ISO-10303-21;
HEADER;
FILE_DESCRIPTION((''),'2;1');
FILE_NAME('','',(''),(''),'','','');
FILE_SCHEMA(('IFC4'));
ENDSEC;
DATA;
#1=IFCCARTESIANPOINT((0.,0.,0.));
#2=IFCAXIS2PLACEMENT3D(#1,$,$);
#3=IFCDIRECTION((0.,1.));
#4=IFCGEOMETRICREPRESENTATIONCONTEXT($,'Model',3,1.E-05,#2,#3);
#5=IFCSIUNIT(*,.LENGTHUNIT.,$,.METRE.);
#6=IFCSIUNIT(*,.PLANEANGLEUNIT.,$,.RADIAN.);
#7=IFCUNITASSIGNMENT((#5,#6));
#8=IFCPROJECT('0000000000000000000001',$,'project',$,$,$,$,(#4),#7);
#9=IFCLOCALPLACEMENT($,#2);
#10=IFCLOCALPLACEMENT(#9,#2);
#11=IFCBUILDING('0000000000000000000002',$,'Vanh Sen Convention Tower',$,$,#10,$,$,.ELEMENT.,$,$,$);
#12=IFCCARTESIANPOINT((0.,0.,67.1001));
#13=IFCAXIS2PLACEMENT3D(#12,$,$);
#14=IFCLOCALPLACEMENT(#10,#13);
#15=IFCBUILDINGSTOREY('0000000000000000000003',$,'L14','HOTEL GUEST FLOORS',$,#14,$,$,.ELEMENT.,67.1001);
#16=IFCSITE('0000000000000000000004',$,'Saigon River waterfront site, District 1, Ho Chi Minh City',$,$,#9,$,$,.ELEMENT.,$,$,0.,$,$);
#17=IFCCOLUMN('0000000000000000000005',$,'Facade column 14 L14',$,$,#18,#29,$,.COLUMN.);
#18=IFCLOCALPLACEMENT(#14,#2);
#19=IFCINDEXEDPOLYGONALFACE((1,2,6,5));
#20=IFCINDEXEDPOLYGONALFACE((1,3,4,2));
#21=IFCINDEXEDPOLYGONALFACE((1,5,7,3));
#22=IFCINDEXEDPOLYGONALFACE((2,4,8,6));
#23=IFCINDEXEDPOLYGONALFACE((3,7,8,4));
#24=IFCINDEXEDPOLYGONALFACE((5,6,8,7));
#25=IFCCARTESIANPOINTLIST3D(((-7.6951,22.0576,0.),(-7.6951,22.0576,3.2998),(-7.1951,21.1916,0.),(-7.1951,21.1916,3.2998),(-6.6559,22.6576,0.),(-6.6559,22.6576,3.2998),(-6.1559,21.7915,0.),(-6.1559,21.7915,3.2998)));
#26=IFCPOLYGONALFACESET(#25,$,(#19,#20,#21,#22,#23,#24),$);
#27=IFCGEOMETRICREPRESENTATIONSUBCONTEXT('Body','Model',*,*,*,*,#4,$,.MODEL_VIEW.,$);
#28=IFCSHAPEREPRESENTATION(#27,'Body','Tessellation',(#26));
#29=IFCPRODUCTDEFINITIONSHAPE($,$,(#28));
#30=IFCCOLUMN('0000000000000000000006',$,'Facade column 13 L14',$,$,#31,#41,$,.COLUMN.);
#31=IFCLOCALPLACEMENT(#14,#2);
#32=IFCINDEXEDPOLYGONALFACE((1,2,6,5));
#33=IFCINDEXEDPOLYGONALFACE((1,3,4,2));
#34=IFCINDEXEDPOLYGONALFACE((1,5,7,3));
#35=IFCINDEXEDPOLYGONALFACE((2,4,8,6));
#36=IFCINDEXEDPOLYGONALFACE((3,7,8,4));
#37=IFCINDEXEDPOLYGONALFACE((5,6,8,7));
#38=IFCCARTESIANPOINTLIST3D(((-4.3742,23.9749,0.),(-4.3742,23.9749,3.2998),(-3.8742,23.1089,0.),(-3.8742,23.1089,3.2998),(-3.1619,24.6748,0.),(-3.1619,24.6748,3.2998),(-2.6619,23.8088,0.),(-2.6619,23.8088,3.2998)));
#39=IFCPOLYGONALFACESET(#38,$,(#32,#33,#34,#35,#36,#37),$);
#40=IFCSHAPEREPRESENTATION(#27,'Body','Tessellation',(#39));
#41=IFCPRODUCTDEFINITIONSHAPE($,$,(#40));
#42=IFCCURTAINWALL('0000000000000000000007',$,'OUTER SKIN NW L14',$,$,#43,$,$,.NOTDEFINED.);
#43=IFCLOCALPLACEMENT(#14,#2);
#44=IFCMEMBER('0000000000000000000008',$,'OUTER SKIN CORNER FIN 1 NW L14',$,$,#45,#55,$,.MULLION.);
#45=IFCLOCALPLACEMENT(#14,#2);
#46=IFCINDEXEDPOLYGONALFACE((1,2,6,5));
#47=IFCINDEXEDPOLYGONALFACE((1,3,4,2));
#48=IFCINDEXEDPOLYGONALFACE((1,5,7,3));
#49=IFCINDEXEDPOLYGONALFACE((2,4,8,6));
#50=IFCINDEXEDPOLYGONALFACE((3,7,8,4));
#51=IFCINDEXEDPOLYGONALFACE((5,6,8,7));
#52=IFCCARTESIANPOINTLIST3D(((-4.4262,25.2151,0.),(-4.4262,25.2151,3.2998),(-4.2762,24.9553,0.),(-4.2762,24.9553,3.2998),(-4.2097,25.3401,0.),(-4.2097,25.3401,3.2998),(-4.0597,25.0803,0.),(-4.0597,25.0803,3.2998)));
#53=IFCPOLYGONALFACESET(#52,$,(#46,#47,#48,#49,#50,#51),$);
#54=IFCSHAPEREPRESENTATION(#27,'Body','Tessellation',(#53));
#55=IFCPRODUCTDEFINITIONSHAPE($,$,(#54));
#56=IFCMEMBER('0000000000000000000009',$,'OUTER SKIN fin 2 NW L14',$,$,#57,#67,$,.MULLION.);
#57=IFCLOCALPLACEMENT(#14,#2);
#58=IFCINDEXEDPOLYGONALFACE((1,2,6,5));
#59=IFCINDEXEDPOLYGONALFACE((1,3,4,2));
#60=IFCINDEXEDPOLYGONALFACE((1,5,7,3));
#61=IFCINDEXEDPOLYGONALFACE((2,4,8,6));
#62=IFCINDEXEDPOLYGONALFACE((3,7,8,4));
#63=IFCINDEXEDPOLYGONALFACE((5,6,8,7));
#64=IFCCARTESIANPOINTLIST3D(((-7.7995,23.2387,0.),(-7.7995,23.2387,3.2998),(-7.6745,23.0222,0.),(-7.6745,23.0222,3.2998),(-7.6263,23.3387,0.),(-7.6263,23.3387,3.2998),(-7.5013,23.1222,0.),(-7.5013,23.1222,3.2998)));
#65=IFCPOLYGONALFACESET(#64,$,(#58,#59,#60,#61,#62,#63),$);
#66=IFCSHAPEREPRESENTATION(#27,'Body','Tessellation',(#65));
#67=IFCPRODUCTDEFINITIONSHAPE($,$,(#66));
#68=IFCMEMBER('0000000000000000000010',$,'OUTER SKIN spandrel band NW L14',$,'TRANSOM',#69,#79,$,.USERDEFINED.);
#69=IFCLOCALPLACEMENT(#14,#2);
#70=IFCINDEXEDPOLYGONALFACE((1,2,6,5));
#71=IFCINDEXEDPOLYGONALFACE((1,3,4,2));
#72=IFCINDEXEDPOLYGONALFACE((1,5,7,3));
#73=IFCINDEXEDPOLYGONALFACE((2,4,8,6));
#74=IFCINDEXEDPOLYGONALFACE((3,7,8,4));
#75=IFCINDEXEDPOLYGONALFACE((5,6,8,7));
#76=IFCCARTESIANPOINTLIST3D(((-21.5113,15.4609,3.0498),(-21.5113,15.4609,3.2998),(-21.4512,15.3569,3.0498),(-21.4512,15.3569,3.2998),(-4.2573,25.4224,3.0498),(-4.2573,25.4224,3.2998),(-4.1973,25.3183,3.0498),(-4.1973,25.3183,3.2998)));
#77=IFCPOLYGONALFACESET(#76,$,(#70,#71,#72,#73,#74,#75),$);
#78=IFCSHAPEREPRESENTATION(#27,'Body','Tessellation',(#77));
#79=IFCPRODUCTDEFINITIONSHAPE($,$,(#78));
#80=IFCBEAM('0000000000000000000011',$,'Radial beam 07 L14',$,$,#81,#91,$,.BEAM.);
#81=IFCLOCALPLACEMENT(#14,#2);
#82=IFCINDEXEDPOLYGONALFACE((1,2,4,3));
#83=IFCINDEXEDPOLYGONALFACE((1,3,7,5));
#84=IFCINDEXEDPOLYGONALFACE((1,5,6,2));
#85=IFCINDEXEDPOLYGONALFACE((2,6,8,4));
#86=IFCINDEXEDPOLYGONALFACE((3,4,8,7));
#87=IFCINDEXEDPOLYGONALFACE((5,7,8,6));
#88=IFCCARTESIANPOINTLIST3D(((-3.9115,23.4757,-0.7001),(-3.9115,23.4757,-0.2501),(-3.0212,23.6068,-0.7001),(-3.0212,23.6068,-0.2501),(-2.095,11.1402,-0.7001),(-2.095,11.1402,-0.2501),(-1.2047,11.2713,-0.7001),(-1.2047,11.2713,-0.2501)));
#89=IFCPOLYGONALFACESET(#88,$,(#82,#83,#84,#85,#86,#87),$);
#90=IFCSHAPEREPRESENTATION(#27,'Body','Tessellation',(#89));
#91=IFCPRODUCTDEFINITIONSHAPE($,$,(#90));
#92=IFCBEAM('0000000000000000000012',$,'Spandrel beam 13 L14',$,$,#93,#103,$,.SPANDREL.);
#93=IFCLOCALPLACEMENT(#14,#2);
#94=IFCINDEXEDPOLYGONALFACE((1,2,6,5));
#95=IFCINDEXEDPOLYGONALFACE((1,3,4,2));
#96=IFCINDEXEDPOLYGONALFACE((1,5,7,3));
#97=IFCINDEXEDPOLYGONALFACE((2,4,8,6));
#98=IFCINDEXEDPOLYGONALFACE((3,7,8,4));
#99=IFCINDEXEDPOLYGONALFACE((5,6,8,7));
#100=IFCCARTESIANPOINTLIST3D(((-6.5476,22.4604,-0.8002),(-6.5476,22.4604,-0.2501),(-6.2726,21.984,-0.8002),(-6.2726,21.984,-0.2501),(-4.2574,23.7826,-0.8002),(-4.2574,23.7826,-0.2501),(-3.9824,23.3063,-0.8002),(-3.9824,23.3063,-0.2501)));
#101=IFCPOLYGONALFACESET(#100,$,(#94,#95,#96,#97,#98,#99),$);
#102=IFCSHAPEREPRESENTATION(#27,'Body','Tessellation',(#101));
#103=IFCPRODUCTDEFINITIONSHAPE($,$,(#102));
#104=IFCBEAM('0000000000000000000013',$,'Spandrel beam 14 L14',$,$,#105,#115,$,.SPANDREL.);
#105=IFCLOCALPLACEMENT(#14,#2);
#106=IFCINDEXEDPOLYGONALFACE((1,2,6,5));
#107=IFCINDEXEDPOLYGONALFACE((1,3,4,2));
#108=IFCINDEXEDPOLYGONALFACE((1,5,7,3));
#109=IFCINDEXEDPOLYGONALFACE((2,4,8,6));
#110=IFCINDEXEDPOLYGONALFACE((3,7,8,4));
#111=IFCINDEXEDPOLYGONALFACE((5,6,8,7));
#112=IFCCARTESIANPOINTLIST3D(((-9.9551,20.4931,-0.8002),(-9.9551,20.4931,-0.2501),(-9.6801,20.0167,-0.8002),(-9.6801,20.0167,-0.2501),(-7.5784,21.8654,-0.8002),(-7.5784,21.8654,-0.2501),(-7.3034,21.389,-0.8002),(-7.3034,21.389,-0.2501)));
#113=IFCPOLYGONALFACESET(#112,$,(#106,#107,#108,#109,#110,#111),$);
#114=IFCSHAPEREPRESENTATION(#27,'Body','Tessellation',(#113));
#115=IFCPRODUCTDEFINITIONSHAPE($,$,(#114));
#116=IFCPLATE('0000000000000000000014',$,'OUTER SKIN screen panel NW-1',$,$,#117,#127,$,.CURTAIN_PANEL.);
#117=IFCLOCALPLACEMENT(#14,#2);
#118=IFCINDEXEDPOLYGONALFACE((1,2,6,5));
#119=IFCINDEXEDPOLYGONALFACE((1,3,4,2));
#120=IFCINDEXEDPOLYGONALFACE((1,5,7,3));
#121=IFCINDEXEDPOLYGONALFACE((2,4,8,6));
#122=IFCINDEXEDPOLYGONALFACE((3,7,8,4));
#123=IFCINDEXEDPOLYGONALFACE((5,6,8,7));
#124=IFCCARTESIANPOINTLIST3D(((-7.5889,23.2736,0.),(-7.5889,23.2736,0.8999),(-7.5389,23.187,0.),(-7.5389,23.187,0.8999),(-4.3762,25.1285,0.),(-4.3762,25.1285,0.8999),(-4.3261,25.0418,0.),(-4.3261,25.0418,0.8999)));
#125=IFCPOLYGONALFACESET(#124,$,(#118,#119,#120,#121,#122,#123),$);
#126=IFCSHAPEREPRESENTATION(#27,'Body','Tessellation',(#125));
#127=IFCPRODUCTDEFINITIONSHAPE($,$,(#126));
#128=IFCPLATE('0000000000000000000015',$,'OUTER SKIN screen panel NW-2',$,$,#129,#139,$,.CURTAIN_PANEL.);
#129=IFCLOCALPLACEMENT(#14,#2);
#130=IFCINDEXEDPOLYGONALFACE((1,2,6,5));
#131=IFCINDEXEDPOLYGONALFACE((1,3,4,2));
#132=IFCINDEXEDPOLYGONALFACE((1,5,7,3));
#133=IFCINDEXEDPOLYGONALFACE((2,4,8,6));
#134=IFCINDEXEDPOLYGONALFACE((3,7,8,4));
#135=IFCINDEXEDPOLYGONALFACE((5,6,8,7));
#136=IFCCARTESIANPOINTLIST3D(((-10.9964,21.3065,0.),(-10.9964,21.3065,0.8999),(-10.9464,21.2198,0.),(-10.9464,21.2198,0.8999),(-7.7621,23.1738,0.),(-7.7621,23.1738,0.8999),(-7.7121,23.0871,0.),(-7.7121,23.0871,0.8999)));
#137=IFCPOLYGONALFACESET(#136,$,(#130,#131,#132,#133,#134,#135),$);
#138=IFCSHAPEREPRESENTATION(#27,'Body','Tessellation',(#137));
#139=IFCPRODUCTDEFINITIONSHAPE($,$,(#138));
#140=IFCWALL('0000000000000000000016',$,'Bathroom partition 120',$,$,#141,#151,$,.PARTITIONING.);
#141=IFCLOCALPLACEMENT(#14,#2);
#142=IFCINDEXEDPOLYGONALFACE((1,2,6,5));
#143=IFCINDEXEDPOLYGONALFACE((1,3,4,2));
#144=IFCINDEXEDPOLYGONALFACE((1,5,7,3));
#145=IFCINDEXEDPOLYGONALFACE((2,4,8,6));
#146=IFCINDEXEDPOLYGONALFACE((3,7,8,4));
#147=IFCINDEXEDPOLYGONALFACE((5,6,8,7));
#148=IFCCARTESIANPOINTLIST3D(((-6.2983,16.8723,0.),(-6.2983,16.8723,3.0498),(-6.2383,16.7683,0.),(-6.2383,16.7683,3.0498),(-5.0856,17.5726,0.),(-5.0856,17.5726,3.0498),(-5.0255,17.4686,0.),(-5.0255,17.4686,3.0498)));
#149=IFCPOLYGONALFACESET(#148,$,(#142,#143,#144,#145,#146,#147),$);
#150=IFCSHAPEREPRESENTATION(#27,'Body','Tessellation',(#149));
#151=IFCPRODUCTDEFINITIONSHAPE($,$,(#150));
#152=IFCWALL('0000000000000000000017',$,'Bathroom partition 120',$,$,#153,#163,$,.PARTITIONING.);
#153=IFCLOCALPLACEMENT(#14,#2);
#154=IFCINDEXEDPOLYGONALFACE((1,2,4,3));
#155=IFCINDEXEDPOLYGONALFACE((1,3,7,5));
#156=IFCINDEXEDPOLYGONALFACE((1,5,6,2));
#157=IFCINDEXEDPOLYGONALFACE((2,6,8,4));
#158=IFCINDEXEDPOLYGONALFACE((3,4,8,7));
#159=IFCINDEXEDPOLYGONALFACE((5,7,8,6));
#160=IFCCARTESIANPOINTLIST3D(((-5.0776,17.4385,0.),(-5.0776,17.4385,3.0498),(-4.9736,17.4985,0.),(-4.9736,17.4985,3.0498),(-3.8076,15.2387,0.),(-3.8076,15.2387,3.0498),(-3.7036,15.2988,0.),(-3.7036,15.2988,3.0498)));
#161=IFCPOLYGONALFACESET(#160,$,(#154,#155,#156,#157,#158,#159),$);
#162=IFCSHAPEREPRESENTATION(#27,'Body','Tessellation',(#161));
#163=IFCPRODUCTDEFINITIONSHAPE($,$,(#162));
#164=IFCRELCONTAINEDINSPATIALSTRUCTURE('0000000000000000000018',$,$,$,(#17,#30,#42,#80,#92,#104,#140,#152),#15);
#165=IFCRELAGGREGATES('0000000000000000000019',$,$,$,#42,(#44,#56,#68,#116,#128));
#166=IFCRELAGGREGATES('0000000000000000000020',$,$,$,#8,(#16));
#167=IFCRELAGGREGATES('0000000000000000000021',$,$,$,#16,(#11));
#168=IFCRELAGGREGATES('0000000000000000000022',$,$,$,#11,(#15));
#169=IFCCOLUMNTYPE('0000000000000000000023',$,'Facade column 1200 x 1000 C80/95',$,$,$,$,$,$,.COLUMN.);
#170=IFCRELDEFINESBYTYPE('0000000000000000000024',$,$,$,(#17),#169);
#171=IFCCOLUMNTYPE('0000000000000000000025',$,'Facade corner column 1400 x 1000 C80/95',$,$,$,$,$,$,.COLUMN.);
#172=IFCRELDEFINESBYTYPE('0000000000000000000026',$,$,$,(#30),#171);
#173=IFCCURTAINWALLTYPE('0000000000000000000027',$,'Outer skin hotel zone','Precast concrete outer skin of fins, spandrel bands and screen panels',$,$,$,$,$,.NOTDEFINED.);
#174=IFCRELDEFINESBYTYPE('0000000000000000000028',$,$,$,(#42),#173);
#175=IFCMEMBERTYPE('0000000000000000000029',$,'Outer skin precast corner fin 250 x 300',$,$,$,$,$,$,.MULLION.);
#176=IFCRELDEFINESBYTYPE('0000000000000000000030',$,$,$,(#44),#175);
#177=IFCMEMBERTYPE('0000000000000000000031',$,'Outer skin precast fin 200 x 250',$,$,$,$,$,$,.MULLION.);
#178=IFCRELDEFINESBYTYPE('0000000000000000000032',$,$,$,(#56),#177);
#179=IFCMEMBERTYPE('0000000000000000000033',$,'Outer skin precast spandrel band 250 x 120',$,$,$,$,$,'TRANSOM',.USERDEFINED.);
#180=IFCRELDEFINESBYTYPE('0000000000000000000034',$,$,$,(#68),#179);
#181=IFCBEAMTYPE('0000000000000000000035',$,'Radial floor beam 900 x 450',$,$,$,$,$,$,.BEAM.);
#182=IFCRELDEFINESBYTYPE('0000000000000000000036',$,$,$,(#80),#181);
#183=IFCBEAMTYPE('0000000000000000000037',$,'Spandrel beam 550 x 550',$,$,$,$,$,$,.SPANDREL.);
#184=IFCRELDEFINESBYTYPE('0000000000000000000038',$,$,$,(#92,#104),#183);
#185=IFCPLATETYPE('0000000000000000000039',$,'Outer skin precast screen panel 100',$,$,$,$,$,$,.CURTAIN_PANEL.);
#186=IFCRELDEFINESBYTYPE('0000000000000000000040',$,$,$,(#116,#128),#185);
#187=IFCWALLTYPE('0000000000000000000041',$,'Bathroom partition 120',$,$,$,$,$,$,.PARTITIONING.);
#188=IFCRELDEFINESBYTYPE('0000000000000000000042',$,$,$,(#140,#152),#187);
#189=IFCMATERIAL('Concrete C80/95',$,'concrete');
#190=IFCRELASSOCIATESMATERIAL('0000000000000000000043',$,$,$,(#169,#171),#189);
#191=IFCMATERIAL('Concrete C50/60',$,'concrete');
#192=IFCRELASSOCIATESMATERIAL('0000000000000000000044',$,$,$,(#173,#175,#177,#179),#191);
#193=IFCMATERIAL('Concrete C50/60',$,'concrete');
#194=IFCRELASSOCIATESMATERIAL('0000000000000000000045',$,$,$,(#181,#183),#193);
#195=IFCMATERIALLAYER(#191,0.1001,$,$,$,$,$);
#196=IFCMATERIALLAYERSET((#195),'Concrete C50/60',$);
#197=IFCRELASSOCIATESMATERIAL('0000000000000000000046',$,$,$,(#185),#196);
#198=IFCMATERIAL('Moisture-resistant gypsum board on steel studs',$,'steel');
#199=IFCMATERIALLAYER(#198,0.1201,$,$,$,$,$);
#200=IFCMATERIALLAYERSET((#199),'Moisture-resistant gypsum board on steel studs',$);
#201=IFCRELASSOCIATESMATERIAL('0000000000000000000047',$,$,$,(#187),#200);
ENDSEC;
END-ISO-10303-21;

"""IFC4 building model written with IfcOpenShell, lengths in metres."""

from ifc_helpers import new_model, si_unit, direction, frame, frame_2d, origin, origin_2d, place, context, subcontext, project, spatial, rectangle, extrude, material, layer, layer_set, material_profile, profile_set, type_object, element, aggregate, save


model = new_model("IFC4")

# Units and contexts
model_context = context("Model", 3, precision=1e-05, world=origin(), true_north=direction((0.0, 1.0)))
body_context = subcontext(model_context, "Body", "Model", "MODEL_VIEW")
ifc_project = project(units=[si_unit("LENGTHUNIT", "METRE"), si_unit("PLANEANGLEUNIT", "RADIAN")], contexts=[model_context])

# Site, building, storey
site_placement = place(None, origin())
site = spatial("IfcSite", under=ifc_project, at=site_placement, Name="Saigon River waterfront site, District 1, Ho Chi Minh City", CompositionType="ELEMENT", RefElevation=0.0)
building_placement = place(site_placement, origin())
building = spatial("IfcBuilding", under=site, at=building_placement, Name="Vanh Sen Convention Tower", CompositionType="ELEMENT")
storey_placement = place(building_placement, frame((0.0, 0.0, 67.1001)))
storey = spatial("IfcBuildingStorey", under=building, at=storey_placement, Name="L14", Description="HOTEL GUEST FLOORS", CompositionType="ELEMENT", Elevation=67.1001)

# Columns
ifc_material_1 = material(Name="Concrete C80/95", Category="concrete")
ifc_material_profile_1 = material_profile(ifc_material_1, rectangle(XDim=1.2, YDim=1.0, at=origin_2d()), Name="RC 1200X1000")
ifc_profile_set_1 = profile_set([ifc_material_profile_1], Name="Concrete C80/95")
column_type_1 = type_object("IfcColumnType", Name="Facade column 1200 x 1000 C80/95", PredefinedType="COLUMN", material=ifc_profile_set_1)
column_1_placement = place(storey_placement, frame((-6.9255, 21.9246, 0.0), z_axis=(0.0, 0.0, 1.0), x_axis=(-0.866025, -0.5, 0.0)))
element("IfcColumn", 1, at=column_1_placement, inside=storey, type_object=column_type_1, Name="Facade column 14 L14", PredefinedType="COLUMN", context=body_context, shape_type="SweptSolid", body=[
    extrude(rectangle(XDim=1.2, YDim=1.0, at=origin_2d()), origin(), (0.0, 0.0, 1.0), 3.2998),
])
ifc_material_profile_2 = material_profile(ifc_material_1, rectangle(XDim=1.3999, YDim=1.0, at=origin_2d()), Name="RC 1400X1000")
ifc_profile_set_2 = profile_set([ifc_material_profile_2], Name="Concrete C80/95")
column_type_2 = type_object("IfcColumnType", Name="Facade corner column 1400 x 1000 C80/95", PredefinedType="COLUMN", material=ifc_profile_set_2)
column_2_placement = place(storey_placement, frame((-3.5181, 23.8918, 0.0), z_axis=(0.0, 0.0, 1.0), x_axis=(-0.866025, -0.5, 0.0)))
element("IfcColumn", 2, at=column_2_placement, inside=storey, type_object=column_type_2, Name="Facade column 13 L14", PredefinedType="COLUMN", context=body_context, shape_type="SweptSolid", body=[
    extrude(rectangle(XDim=1.3999, YDim=1.0, at=origin_2d()), origin(), (0.0, 0.0, 1.0), 3.2998),
])

# Curtain wall, members
ifc_material_2 = material(Name="Concrete C50/60", Category="concrete")
curtain_wall_type = type_object("IfcCurtainWallType", Name="Outer skin hotel zone", Description="Precast concrete outer skin of fins, spandrel bands and screen panels", PredefinedType="NOTDEFINED", material=ifc_material_2)
curtain_wall_placement = place(storey_placement, origin())
curtain_wall = element("IfcCurtainWall", 3, at=curtain_wall_placement, inside=storey, type_object=curtain_wall_type, Name="OUTER SKIN NW L14", PredefinedType="NOTDEFINED")
ifc_material_profile_3 = material_profile(ifc_material_2, rectangle(XDim=0.25, YDim=0.3, at=origin_2d()), Name="Outer skin precast corner fin 250 x 300")
ifc_profile_set_3 = profile_set([ifc_material_profile_3], Name="Concrete C50/60")
member_type_1 = type_object("IfcMemberType", Name="Outer skin precast corner fin 250 x 300", PredefinedType="MULLION", material=ifc_profile_set_3)
member_1_placement = place(storey_placement, frame((-4.2429, 25.1477, 0.0), z_axis=(0.0, 0.0, 1.0), x_axis=(-0.866025, -0.5, 0.0)))
member_1 = element("IfcMember", 4, at=member_1_placement, type_object=member_type_1, Name="OUTER SKIN CORNER FIN 1 NW L14", PredefinedType="MULLION", context=body_context, shape_type="SweptSolid", body=[
    extrude(rectangle(XDim=0.25, YDim=0.3, at=origin_2d()), origin(), (0.0, 0.0, 1.0), 3.2998),
])
ifc_material_profile_4 = material_profile(ifc_material_2, rectangle(XDim=0.2, YDim=0.25, at=origin_2d()), Name="Outer skin precast fin 200 x 250")
ifc_profile_set_4 = profile_set([ifc_material_profile_4], Name="Concrete C50/60")
member_type_2 = type_object("IfcMemberType", Name="Outer skin precast fin 200 x 250", PredefinedType="MULLION", material=ifc_profile_set_4)
member_2_placement = place(storey_placement, frame((-7.6504, 23.1804, 0.0), z_axis=(0.0, 0.0, 1.0), x_axis=(-0.866025, -0.5, 0.0)))
member_2 = element("IfcMember", 5, at=member_2_placement, type_object=member_type_2, Name="OUTER SKIN fin 2 NW L14", PredefinedType="MULLION", context=body_context, shape_type="SweptSolid", body=[
    extrude(rectangle(XDim=0.2, YDim=0.25, at=origin_2d()), origin(), (0.0, 0.0, 1.0), 3.2998),
])
ifc_material_profile_5 = material_profile(ifc_material_2, rectangle(XDim=0.1201, YDim=0.25, at=origin_2d()), Name="Outer skin precast spandrel band 250 x 120")
ifc_profile_set_5 = profile_set([ifc_material_profile_5], Name="Concrete C50/60")
member_type_3 = type_object("IfcMemberType", Name="Outer skin precast spandrel band 250 x 120", ElementType="TRANSOM", PredefinedType="USERDEFINED", material=ifc_profile_set_5)
member_3_placement = place(storey_placement, frame((-4.2273, 25.3704, 3.1748), z_axis=(-0.866028, -0.499995, 0.0), x_axis=(0.499995, -0.866028, 0.0)))
member_3 = element("IfcMember", 6, at=member_3_placement, type_object=member_type_3, Name="OUTER SKIN spandrel band NW L14", ObjectType="TRANSOM", PredefinedType="USERDEFINED", context=body_context, shape_type="SweptSolid", body=[
    extrude(rectangle(XDim=0.1201, YDim=0.25, at=origin_2d()), origin(), (0.0, 0.0, 1.0), 19.9231),
])

# Beams
ifc_material_3 = material(Name="Concrete C50/60", Category="concrete")
ifc_material_profile_6 = material_profile(ifc_material_3, rectangle(XDim=0.8999, YDim=0.45, at=origin_2d()), Name="RC 900X450")
ifc_profile_set_6 = profile_set([ifc_material_profile_6], Name="Concrete C50/60")
beam_type_1 = type_object("IfcBeamType", Name="Radial floor beam 900 x 450", PredefinedType="BEAM", material=ifc_profile_set_6)
beam_1_placement = place(storey_placement, frame((-3.4663, 23.5413, -0.4751), z_axis=(0.14568, -0.989332, 0.0), x_axis=(0.989332, 0.14568, 0.0)))
element("IfcBeam", 7, at=beam_1_placement, inside=storey, type_object=beam_type_1, Name="Radial beam 07 L14", PredefinedType="BEAM", context=body_context, shape_type="SweptSolid", body=[
    extrude(rectangle(XDim=0.8999, YDim=0.45, at=origin_2d()), origin(), (0.0, 0.0, 1.0), 12.4685),
])
ifc_material_profile_7 = material_profile(ifc_material_3, rectangle(XDim=0.55, YDim=0.55, at=origin_2d()), Name="RC 550X550")
ifc_profile_set_7 = profile_set([ifc_material_profile_7], Name="Concrete C50/60")
beam_type_2 = type_object("IfcBeamType", Name="Spandrel beam 550 x 550", PredefinedType="SPANDREL", material=ifc_profile_set_7)
beam_2_placement = place(storey_placement, frame((-4.1199, 23.5444, -0.5251), z_axis=(-0.86603, -0.499991, 0.0), x_axis=(0.499991, -0.86603, 0.0)))
element("IfcBeam", 8, at=beam_2_placement, inside=storey, type_object=beam_type_2, Name="Spandrel beam 13 L14", PredefinedType="SPANDREL", context=body_context, shape_type="SweptSolid", body=[
    extrude(rectangle(XDim=0.55, YDim=0.55, at=origin_2d()), origin(), (0.0, 0.0, 1.0), 2.6445),
])
beam_3_placement = place(storey_placement, frame((-7.4409, 21.6272, -0.5251), z_axis=(-0.866006, -0.500033, 0.0), x_axis=(0.500033, -0.866006, 0.0)))
element("IfcBeam", 9, at=beam_3_placement, inside=storey, type_object=beam_type_2, Name="Spandrel beam 14 L14", PredefinedType="SPANDREL", context=body_context, shape_type="SweptSolid", body=[
    extrude(rectangle(XDim=0.55, YDim=0.55, at=origin_2d()), origin(), (0.0, 0.0, 1.0), 2.7444),
])

# Plates
ifc_layer_1 = layer(ifc_material_2, 0.1001)
ifc_layer_set_1 = layer_set([ifc_layer_1], Name="Concrete C50/60")
plate_type = type_object("IfcPlateType", Name="Outer skin precast screen panel 100", PredefinedType="CURTAIN_PANEL", material=ifc_layer_set_1)
plate_1_placement = place(storey_placement, frame((-5.9575, 24.1577, 0.0), z_axis=(0.0, 0.0, 1.0), x_axis=(-0.866028, -0.499995, 0.0)))
plate_1 = element("IfcPlate", 10, at=plate_1_placement, type_object=plate_type, Name="OUTER SKIN screen panel NW-1", PredefinedType="CURTAIN_PANEL", context=body_context, shape_type="SweptSolid", body=[
    extrude(rectangle(XDim=3.7097, YDim=0.1001, at=origin_2d()), origin(), (0.0, 0.0, 1.0), 0.8999),
])
plate_2_placement = place(storey_placement, frame((-9.3542, 22.1968, 0.0), z_axis=(0.0, 0.0, 1.0), x_axis=(-0.866021, -0.500008, 0.0)))
plate_2 = element("IfcPlate", 11, at=plate_2_placement, type_object=plate_type, Name="OUTER SKIN screen panel NW-2", PredefinedType="CURTAIN_PANEL", context=body_context, shape_type="SweptSolid", body=[
    extrude(rectangle(XDim=3.7346, YDim=0.1001, at=origin_2d()), origin(), (0.0, 0.0, 1.0), 0.8999),
])
aggregate(curtain_wall, [member_1, member_2, member_3, plate_1, plate_2])

# Walls
ifc_material_4 = material(Name="Moisture-resistant gypsum board on steel studs", Category="steel")
ifc_layer_2 = layer(ifc_material_4, 0.1201)
ifc_layer_set_2 = layer_set([ifc_layer_2], Name="Moisture-resistant gypsum board on steel studs")
wall_type_1 = type_object("IfcWallType", Name="Bathroom partition 120", PredefinedType="PARTITIONING", material=ifc_layer_set_2)
wall_1_placement = place(storey_placement, frame((-6.2683, 16.8203, 0.0), z_axis=(0.0, 0.0, 1.0), x_axis=(0.866003, 0.500039, 0.0)))
element("IfcWall", 12, at=wall_1_placement, inside=storey, type_object=wall_type_1, Name="Bathroom partition 120", PredefinedType="PARTITIONING", context=body_context, shape_type="SweptSolid", body=[
    extrude(rectangle(XDim=1.4004, YDim=0.1201, at=frame_2d((0.7002, 0.0))), origin(), (0.0, 0.0, 1.0), 3.0498),
])
wall_2_placement = place(storey_placement, frame((-5.0256, 17.4685, 0.0), z_axis=(0.0, 0.0, 1.0), x_axis=(0.500005, -0.866022, 0.0)))
element("IfcWall", 13, at=wall_2_placement, inside=storey, type_object=wall_type_1, Name="Bathroom partition 120", PredefinedType="PARTITIONING", context=body_context, shape_type="SweptSolid", body=[
    extrude(rectangle(XDim=2.54, YDim=0.1201, at=frame_2d((1.27, 0.0))), origin(), (0.0, 0.0, 1.0), 3.0498),
])

save(model, "model.ifc")
